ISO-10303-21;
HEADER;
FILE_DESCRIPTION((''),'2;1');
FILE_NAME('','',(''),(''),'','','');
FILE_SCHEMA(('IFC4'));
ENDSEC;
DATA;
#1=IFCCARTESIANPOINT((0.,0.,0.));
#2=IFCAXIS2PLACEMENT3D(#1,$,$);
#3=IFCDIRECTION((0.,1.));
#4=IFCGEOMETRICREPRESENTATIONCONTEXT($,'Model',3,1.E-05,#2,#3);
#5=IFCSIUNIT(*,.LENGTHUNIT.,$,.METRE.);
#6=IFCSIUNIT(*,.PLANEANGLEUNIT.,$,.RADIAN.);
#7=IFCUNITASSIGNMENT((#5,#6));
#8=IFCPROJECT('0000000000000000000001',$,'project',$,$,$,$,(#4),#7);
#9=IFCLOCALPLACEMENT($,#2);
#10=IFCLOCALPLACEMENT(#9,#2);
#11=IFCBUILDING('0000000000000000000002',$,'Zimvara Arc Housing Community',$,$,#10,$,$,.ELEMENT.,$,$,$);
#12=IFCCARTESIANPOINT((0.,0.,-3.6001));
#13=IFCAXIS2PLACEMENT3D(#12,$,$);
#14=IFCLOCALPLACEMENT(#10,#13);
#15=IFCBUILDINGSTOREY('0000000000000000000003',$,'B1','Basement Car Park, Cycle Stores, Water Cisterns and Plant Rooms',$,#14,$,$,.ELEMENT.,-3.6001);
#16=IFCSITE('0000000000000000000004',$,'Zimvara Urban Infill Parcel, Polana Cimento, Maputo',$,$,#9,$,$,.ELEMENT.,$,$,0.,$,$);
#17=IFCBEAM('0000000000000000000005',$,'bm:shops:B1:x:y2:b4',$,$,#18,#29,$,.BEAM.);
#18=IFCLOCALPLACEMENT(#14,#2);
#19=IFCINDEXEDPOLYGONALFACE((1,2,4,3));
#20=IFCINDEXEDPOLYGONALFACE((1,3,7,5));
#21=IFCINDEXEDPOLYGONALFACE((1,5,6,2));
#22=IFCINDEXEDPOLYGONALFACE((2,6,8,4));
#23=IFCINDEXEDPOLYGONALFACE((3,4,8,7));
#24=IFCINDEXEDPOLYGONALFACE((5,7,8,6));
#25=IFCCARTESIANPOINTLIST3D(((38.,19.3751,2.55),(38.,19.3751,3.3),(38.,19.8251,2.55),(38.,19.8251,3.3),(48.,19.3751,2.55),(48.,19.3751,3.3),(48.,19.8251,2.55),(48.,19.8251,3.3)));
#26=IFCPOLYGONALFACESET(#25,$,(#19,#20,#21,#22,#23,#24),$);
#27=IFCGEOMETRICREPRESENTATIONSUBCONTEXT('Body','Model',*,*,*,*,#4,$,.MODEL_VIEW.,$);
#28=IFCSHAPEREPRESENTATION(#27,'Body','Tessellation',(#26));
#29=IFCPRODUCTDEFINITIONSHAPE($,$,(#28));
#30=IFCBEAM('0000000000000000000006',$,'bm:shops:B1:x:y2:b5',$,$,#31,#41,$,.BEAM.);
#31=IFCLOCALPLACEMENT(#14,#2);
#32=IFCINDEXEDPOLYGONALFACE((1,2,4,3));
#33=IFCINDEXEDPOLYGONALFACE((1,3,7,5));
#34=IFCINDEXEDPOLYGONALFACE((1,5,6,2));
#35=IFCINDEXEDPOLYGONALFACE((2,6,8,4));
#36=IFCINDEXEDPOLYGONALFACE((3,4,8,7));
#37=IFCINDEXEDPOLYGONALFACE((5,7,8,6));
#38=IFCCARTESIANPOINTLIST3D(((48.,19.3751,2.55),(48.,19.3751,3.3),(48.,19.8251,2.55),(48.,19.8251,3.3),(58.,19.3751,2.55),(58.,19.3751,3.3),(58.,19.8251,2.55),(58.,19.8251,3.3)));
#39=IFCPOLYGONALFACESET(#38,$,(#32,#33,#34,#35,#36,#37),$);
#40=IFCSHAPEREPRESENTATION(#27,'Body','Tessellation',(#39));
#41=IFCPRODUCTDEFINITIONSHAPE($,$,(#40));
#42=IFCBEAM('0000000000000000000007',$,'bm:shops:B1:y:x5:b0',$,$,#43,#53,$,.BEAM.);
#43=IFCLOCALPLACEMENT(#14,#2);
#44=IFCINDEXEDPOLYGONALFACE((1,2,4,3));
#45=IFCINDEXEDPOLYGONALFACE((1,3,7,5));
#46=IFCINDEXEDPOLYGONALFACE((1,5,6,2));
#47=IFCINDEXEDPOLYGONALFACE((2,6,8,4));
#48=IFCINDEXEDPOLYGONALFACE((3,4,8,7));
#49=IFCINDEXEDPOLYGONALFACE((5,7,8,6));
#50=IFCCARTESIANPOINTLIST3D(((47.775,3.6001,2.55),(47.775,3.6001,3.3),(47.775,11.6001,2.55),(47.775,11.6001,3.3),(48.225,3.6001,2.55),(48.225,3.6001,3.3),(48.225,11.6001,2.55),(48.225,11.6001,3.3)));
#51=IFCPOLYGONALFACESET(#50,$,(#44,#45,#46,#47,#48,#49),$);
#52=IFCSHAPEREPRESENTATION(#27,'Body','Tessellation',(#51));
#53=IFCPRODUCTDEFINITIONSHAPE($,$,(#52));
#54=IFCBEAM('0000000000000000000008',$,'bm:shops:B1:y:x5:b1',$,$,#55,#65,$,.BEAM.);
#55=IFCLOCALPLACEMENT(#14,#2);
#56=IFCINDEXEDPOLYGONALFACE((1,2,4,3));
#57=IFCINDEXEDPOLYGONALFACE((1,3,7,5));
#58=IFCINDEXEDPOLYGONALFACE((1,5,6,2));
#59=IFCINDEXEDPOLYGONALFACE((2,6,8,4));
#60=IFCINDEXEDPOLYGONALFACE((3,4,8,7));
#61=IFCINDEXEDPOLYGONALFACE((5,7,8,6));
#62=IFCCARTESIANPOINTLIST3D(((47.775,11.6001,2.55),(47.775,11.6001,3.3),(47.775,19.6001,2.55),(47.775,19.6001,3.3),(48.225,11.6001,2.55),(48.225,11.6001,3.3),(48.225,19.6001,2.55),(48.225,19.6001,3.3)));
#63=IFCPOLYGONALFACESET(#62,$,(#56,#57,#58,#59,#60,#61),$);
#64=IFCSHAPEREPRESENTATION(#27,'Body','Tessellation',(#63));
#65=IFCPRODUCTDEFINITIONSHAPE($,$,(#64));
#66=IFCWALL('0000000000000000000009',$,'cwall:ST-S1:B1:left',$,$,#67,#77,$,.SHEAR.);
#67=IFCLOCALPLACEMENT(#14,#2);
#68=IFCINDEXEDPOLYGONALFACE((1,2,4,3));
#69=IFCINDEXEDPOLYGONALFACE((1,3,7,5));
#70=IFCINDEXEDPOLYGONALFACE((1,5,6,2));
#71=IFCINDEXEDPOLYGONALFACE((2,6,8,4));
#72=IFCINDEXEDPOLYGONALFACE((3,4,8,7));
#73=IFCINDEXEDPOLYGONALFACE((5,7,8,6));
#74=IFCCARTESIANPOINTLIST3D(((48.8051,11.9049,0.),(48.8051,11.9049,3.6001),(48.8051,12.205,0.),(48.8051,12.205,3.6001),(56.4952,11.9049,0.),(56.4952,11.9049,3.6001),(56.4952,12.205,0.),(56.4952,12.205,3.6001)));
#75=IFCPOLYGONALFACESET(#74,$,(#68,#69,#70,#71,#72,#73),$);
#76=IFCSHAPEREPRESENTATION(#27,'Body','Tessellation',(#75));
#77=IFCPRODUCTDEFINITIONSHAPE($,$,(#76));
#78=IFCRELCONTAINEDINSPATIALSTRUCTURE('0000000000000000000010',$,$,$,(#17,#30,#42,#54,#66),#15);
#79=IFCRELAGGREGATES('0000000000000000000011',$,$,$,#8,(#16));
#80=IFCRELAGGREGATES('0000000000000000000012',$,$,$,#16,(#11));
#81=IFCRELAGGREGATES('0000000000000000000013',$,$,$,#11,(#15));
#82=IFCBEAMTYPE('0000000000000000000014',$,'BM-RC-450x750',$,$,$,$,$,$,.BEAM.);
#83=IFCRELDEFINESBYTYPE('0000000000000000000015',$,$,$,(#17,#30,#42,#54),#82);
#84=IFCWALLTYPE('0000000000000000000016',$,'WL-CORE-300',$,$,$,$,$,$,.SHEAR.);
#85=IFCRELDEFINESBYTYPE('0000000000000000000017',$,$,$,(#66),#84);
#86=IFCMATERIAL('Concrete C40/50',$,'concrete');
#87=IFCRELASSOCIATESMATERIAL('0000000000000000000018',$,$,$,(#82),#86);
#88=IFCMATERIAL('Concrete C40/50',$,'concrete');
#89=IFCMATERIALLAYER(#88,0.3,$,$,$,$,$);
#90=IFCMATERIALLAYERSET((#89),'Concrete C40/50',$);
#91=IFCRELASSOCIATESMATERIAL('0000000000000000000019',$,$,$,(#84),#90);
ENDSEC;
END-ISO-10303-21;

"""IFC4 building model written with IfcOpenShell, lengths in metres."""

from ifc_helpers import new_model, si_unit, direction, frame, frame_2d, origin, origin_2d, place, context, subcontext, project, spatial, rectangle, extrude, material, layer, layer_set, material_profile, profile_set, type_object, element, save


model = new_model("IFC4")

# Units and contexts
model_context = context("Model", 3, precision=1e-05, world=origin(), true_north=direction((0.0, 1.0)))
body_context = subcontext(model_context, "Body", "Model", "MODEL_VIEW")
ifc_project = project(units=[si_unit("LENGTHUNIT", "METRE"), si_unit("PLANEANGLEUNIT", "RADIAN")], contexts=[model_context])

# Site, building, storey
site_placement = place(None, origin())
site = spatial("IfcSite", under=ifc_project, at=site_placement, Name="Zimvara Urban Infill Parcel, Polana Cimento, Maputo", CompositionType="ELEMENT", RefElevation=0.0)
building_placement = place(site_placement, origin())
building = spatial("IfcBuilding", under=site, at=building_placement, Name="Zimvara Arc Housing Community", CompositionType="ELEMENT")
storey_placement = place(building_placement, frame((0.0, 0.0, -3.6001)))
storey = spatial("IfcBuildingStorey", under=building, at=storey_placement, Name="B1", Description="Basement Car Park, Cycle Stores, Water Cisterns and Plant Rooms", CompositionType="ELEMENT", Elevation=-3.6001)

# Beams
ifc_material_1 = material(Name="Concrete C40/50", Category="concrete")
ifc_material_profile_1 = material_profile(ifc_material_1, rectangle(XDim=0.45, YDim=0.75, at=origin_2d()), Name="RC 450x750")
ifc_profile_set_1 = profile_set([ifc_material_profile_1], Name="Concrete C40/50")
beam_type_1 = type_object("IfcBeamType", Name="BM-RC-450x750", PredefinedType="BEAM", material=ifc_profile_set_1)
for number, where, z_axis, x_axis, name in (
    (1, (38.0, 19.6001, 2.925), (1.0, 0.0, 0.0), (0.0, 1.0, 0.0), "bm:shops:B1:x:y2:b4"),
    (2, (48.0, 19.6001, 2.925), (1.0, 0.0, 0.0), (0.0, 1.0, 0.0), "bm:shops:B1:x:y2:b5"),
):
    element("IfcBeam", number, at=place(storey_placement, frame(where, z_axis=z_axis, x_axis=x_axis)), inside=storey, type_object=beam_type_1, Name=name, PredefinedType="BEAM", context=body_context, shape_type="SweptSolid", body=[
        extrude(rectangle(XDim=0.45, YDim=0.75, at=origin_2d()), origin(), (0.0, 0.0, 1.0), 10.0),
    ])
for number, where, z_axis, x_axis, name in (
    (3, (48.0, 3.6001, 2.925), (0.0, 1.0, 0.0), (-1.0, 0.0, 0.0), "bm:shops:B1:y:x5:b0"),
    (4, (48.0, 11.6001, 2.925), (0.0, 1.0, 0.0), (-1.0, 0.0, 0.0), "bm:shops:B1:y:x5:b1"),
):
    element("IfcBeam", number, at=place(storey_placement, frame(where, z_axis=z_axis, x_axis=x_axis)), inside=storey, type_object=beam_type_1, Name=name, PredefinedType="BEAM", context=body_context, shape_type="SweptSolid", body=[
        extrude(rectangle(XDim=0.45, YDim=0.75, at=origin_2d()), origin(), (0.0, 0.0, 1.0), 8.0),
    ])

# Shared definitions
ifc_material_2 = material(Name="Concrete C40/50", Category="concrete")
ifc_layer = layer(ifc_material_2, 0.3)
ifc_layer_set = layer_set([ifc_layer], Name="Concrete C40/50")
wall_type = type_object("IfcWallType", Name="WL-CORE-300", PredefinedType="SHEAR", material=ifc_layer_set)

# Wall
wall_1_placement = place(storey_placement, frame((48.8049, 12.0549, 0.0), z_axis=(0.0, 0.0, 1.0), x_axis=(1.0, 0.0, 0.0)))
element("IfcWall", 5, at=wall_1_placement, inside=storey, type_object=wall_type, Name="cwall:ST-S1:B1:left", PredefinedType="SHEAR", context=body_context, shape_type="SweptSolid", body=[
    extrude(rectangle(XDim=7.6902, YDim=0.3, at=frame_2d((3.8452, 0.0))), origin(), (0.0, 0.0, 1.0), 3.6001),
])

save(model, "model.ifc")
